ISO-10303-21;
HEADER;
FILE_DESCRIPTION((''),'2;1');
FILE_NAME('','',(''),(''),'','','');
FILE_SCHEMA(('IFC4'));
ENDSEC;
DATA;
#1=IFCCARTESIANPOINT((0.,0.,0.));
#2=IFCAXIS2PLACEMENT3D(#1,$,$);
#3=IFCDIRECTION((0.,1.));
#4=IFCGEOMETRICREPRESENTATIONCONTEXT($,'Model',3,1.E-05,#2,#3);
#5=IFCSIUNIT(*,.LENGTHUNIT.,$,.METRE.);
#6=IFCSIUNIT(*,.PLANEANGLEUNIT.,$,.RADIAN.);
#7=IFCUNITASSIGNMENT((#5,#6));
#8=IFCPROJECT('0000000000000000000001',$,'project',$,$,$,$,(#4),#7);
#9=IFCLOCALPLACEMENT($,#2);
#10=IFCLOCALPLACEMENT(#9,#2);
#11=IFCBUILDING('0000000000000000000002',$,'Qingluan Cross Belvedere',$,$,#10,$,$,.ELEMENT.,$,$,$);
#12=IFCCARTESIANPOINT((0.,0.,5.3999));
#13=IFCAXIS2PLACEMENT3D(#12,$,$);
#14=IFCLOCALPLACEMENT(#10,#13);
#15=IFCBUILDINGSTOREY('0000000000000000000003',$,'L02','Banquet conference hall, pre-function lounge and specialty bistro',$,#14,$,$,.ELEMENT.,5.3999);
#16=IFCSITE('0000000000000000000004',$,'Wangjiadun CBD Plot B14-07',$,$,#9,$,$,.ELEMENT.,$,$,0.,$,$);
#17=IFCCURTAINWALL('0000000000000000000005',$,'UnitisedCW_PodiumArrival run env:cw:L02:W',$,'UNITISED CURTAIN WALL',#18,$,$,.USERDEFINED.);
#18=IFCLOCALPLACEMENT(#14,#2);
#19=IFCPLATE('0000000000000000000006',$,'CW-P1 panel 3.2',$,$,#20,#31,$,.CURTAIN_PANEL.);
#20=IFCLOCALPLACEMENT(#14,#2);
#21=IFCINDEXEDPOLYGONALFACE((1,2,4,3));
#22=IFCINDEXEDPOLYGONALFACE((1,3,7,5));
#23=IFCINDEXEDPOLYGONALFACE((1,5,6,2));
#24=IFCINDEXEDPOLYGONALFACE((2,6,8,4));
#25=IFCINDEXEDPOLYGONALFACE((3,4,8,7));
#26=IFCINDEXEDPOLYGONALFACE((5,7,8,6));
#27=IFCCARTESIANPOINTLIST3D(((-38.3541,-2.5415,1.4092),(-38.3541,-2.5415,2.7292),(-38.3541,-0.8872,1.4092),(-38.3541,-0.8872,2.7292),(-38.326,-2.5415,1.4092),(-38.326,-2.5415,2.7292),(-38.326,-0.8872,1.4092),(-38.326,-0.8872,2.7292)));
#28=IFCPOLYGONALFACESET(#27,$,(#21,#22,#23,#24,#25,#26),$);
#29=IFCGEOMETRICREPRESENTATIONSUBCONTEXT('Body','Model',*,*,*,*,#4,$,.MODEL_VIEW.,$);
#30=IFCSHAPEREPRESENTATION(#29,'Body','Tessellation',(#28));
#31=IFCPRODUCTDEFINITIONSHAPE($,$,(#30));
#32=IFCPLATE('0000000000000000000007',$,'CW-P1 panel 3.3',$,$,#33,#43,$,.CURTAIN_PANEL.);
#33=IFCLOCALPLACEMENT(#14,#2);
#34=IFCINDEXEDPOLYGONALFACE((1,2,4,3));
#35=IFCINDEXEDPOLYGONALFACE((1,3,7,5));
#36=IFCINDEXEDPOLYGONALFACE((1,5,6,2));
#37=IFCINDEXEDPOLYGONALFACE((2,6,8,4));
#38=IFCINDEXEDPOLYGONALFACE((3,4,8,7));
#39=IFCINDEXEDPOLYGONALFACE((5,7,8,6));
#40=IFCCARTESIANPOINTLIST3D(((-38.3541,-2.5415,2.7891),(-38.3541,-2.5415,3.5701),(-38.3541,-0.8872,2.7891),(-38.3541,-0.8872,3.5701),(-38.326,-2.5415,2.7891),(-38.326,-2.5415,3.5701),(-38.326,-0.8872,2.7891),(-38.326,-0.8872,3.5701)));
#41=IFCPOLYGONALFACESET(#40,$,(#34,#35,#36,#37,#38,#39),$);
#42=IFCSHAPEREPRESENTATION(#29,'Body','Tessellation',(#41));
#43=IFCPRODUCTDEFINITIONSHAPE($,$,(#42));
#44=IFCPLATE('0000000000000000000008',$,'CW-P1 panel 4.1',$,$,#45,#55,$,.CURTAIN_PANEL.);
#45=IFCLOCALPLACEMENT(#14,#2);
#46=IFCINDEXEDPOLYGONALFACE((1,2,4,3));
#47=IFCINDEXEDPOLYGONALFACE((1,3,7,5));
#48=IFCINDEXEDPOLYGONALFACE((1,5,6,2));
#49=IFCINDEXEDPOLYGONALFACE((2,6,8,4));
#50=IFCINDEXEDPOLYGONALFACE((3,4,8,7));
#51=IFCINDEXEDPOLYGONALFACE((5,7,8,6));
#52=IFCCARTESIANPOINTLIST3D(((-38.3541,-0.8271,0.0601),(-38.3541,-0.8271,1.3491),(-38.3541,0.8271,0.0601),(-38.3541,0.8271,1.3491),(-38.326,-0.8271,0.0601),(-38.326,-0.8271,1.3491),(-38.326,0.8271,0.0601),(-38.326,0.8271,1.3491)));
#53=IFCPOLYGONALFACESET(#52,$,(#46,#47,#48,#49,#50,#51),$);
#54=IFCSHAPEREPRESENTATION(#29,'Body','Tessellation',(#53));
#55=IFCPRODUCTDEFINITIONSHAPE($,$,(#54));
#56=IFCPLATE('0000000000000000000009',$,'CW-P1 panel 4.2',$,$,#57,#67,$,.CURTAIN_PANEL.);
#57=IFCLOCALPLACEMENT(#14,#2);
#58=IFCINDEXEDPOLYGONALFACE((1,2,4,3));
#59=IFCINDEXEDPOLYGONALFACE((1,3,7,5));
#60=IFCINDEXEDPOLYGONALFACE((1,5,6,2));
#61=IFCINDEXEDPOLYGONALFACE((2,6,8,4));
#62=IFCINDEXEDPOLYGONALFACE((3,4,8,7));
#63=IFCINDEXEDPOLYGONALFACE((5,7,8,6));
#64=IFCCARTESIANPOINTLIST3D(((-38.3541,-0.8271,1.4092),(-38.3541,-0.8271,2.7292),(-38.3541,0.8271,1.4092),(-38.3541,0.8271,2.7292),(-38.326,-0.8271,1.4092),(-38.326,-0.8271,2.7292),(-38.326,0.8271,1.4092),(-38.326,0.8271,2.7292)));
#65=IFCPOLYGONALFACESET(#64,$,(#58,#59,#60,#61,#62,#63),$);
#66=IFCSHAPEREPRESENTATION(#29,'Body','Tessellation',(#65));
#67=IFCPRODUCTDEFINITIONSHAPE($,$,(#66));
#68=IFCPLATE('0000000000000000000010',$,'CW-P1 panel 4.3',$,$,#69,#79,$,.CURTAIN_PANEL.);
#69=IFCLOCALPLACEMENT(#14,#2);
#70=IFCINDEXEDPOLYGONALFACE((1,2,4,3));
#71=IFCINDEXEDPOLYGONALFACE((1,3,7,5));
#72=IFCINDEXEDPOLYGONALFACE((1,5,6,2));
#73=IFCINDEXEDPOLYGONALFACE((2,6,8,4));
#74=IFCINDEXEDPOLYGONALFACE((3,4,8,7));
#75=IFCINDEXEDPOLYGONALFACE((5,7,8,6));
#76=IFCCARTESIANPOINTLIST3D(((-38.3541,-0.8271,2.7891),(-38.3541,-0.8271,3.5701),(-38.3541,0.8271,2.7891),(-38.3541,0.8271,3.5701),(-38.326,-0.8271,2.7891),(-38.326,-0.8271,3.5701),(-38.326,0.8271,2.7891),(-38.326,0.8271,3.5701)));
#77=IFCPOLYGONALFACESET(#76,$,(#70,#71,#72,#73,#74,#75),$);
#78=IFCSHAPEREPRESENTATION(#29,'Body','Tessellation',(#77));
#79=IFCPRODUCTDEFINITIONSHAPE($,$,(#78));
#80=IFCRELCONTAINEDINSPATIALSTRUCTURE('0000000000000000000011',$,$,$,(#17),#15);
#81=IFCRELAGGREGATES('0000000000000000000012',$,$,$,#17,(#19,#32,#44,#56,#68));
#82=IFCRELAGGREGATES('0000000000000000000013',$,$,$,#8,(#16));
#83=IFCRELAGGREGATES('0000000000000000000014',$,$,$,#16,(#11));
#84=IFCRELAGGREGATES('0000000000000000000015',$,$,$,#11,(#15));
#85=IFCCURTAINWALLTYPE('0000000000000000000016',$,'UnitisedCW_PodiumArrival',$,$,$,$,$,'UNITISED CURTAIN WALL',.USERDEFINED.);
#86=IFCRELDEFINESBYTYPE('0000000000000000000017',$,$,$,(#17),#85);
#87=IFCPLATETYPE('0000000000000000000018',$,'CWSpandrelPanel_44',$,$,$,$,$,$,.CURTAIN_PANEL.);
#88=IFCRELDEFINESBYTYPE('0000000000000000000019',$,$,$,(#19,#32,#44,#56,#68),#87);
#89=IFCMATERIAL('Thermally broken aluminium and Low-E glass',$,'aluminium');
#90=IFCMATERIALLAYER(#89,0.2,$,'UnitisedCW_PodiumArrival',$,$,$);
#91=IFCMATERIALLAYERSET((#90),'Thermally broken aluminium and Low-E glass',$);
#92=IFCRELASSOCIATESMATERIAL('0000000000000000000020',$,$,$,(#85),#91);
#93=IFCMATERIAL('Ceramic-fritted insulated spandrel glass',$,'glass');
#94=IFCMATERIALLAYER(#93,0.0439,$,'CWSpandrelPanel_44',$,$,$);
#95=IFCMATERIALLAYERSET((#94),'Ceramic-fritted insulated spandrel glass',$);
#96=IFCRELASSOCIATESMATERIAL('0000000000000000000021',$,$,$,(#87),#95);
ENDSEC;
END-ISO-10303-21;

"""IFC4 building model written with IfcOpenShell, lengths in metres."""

from ifc_helpers import new_model, si_unit, direction, frame, origin, origin_2d, place, context, subcontext, project, spatial, rectangle, extrude, material, layer, layer_set, type_object, element, aggregate, save


model = new_model("IFC4")

# Units and contexts
model_context = context("Model", 3, precision=1e-05, world=origin(), true_north=direction((0.0, 1.0)))
body_context = subcontext(model_context, "Body", "Model", "MODEL_VIEW")
ifc_project = project(units=[si_unit("LENGTHUNIT", "METRE"), si_unit("PLANEANGLEUNIT", "RADIAN")], contexts=[model_context])

# Site, building, storey
site_placement = place(None, origin())
site = spatial("IfcSite", under=ifc_project, at=site_placement, Name="Wangjiadun CBD Plot B14-07", CompositionType="ELEMENT", RefElevation=0.0)
building_placement = place(site_placement, origin())
building = spatial("IfcBuilding", under=site, at=building_placement, Name="Qingluan Cross Belvedere", CompositionType="ELEMENT")
storey_placement = place(building_placement, frame((0.0, 0.0, 5.3999)))
storey = spatial("IfcBuildingStorey", under=building, at=storey_placement, Name="L02", Description="Banquet conference hall, pre-function lounge and specialty bistro", CompositionType="ELEMENT", Elevation=5.3999)

# Curtain wall
ifc_material_1 = material(Name="Thermally broken aluminium and Low-E glass", Category="aluminium")
ifc_layer_1 = layer(ifc_material_1, 0.2, Name="UnitisedCW_PodiumArrival")
ifc_layer_set_1 = layer_set([ifc_layer_1], Name="Thermally broken aluminium and Low-E glass")
curtain_wall_type = type_object("IfcCurtainWallType", Name="UnitisedCW_PodiumArrival", ElementType="UNITISED CURTAIN WALL", PredefinedType="USERDEFINED", material=ifc_layer_set_1)
curtain_wall_placement = place(storey_placement, origin())
curtain_wall = element("IfcCurtainWall", 1, at=curtain_wall_placement, inside=storey, type_object=curtain_wall_type, Name="UnitisedCW_PodiumArrival run env:cw:L02:W", ObjectType="UNITISED CURTAIN WALL", PredefinedType="USERDEFINED")

# Plates
ifc_material_2 = material(Name="Ceramic-fritted insulated spandrel glass", Category="glass")
ifc_layer_2 = layer(ifc_material_2, 0.0439, Name="CWSpandrelPanel_44")
ifc_layer_set_2 = layer_set([ifc_layer_2], Name="Ceramic-fritted insulated spandrel glass")
plate_type = type_object("IfcPlateType", Name="CWSpandrelPanel_44", PredefinedType="CURTAIN_PANEL", material=ifc_layer_set_2)
plate_1_placement = place(storey_placement, frame((-38.3401, -1.7144, 1.4092), z_axis=(0.0, 0.0, 1.0), x_axis=(0.0, 1.0, 0.0)))
plate_1 = element("IfcPlate", 2, at=plate_1_placement, type_object=plate_type, Name="CW-P1 panel 3.2", PredefinedType="CURTAIN_PANEL", context=body_context, shape_type="SweptSolid", body=[
    extrude(rectangle(XDim=1.6543, YDim=0.0281, at=origin_2d()), origin(), (0.0, 0.0, 1.0), 1.3201),
])
plate_2_placement = place(storey_placement, frame((-38.3401, -1.7144, 2.7891), z_axis=(0.0, 0.0, 1.0), x_axis=(0.0, 1.0, 0.0)))
plate_2 = element("IfcPlate", 3, at=plate_2_placement, type_object=plate_type, Name="CW-P1 panel 3.3", PredefinedType="CURTAIN_PANEL", context=body_context, shape_type="SweptSolid", body=[
    extrude(rectangle(XDim=1.6543, YDim=0.0281, at=origin_2d()), origin(), (0.0, 0.0, 1.0), 0.781),
])
plate_3_placement = place(storey_placement, frame((-38.3401, 0.0, 0.0601), z_axis=(0.0, 0.0, 1.0), x_axis=(0.0, 1.0, 0.0)))
plate_3 = element("IfcPlate", 4, at=plate_3_placement, type_object=plate_type, Name="CW-P1 panel 4.1", PredefinedType="CURTAIN_PANEL", context=body_context, shape_type="SweptSolid", body=[
    extrude(rectangle(XDim=1.6543, YDim=0.0281, at=origin_2d()), origin(), (0.0, 0.0, 1.0), 1.2891),
])
plate_4_placement = place(storey_placement, frame((-38.3401, 0.0, 1.4092), z_axis=(0.0, 0.0, 1.0), x_axis=(0.0, 1.0, 0.0)))
plate_4 = element("IfcPlate", 5, at=plate_4_placement, type_object=plate_type, Name="CW-P1 panel 4.2", PredefinedType="CURTAIN_PANEL", context=body_context, shape_type="SweptSolid", body=[
    extrude(rectangle(XDim=1.6543, YDim=0.0281, at=origin_2d()), origin(), (0.0, 0.0, 1.0), 1.3201),
])
plate_5_placement = place(storey_placement, frame((-38.3401, 0.0, 2.7891), z_axis=(0.0, 0.0, 1.0), x_axis=(0.0, 1.0, 0.0)))
plate_5 = element("IfcPlate", 6, at=plate_5_placement, type_object=plate_type, Name="CW-P1 panel 4.3", PredefinedType="CURTAIN_PANEL", context=body_context, shape_type="SweptSolid", body=[
    extrude(rectangle(XDim=1.6543, YDim=0.0281, at=origin_2d()), origin(), (0.0, 0.0, 1.0), 0.781),
])
aggregate(curtain_wall, [plate_1, plate_2, plate_3, plate_4, plate_5])

save(model, "model.ifc")
